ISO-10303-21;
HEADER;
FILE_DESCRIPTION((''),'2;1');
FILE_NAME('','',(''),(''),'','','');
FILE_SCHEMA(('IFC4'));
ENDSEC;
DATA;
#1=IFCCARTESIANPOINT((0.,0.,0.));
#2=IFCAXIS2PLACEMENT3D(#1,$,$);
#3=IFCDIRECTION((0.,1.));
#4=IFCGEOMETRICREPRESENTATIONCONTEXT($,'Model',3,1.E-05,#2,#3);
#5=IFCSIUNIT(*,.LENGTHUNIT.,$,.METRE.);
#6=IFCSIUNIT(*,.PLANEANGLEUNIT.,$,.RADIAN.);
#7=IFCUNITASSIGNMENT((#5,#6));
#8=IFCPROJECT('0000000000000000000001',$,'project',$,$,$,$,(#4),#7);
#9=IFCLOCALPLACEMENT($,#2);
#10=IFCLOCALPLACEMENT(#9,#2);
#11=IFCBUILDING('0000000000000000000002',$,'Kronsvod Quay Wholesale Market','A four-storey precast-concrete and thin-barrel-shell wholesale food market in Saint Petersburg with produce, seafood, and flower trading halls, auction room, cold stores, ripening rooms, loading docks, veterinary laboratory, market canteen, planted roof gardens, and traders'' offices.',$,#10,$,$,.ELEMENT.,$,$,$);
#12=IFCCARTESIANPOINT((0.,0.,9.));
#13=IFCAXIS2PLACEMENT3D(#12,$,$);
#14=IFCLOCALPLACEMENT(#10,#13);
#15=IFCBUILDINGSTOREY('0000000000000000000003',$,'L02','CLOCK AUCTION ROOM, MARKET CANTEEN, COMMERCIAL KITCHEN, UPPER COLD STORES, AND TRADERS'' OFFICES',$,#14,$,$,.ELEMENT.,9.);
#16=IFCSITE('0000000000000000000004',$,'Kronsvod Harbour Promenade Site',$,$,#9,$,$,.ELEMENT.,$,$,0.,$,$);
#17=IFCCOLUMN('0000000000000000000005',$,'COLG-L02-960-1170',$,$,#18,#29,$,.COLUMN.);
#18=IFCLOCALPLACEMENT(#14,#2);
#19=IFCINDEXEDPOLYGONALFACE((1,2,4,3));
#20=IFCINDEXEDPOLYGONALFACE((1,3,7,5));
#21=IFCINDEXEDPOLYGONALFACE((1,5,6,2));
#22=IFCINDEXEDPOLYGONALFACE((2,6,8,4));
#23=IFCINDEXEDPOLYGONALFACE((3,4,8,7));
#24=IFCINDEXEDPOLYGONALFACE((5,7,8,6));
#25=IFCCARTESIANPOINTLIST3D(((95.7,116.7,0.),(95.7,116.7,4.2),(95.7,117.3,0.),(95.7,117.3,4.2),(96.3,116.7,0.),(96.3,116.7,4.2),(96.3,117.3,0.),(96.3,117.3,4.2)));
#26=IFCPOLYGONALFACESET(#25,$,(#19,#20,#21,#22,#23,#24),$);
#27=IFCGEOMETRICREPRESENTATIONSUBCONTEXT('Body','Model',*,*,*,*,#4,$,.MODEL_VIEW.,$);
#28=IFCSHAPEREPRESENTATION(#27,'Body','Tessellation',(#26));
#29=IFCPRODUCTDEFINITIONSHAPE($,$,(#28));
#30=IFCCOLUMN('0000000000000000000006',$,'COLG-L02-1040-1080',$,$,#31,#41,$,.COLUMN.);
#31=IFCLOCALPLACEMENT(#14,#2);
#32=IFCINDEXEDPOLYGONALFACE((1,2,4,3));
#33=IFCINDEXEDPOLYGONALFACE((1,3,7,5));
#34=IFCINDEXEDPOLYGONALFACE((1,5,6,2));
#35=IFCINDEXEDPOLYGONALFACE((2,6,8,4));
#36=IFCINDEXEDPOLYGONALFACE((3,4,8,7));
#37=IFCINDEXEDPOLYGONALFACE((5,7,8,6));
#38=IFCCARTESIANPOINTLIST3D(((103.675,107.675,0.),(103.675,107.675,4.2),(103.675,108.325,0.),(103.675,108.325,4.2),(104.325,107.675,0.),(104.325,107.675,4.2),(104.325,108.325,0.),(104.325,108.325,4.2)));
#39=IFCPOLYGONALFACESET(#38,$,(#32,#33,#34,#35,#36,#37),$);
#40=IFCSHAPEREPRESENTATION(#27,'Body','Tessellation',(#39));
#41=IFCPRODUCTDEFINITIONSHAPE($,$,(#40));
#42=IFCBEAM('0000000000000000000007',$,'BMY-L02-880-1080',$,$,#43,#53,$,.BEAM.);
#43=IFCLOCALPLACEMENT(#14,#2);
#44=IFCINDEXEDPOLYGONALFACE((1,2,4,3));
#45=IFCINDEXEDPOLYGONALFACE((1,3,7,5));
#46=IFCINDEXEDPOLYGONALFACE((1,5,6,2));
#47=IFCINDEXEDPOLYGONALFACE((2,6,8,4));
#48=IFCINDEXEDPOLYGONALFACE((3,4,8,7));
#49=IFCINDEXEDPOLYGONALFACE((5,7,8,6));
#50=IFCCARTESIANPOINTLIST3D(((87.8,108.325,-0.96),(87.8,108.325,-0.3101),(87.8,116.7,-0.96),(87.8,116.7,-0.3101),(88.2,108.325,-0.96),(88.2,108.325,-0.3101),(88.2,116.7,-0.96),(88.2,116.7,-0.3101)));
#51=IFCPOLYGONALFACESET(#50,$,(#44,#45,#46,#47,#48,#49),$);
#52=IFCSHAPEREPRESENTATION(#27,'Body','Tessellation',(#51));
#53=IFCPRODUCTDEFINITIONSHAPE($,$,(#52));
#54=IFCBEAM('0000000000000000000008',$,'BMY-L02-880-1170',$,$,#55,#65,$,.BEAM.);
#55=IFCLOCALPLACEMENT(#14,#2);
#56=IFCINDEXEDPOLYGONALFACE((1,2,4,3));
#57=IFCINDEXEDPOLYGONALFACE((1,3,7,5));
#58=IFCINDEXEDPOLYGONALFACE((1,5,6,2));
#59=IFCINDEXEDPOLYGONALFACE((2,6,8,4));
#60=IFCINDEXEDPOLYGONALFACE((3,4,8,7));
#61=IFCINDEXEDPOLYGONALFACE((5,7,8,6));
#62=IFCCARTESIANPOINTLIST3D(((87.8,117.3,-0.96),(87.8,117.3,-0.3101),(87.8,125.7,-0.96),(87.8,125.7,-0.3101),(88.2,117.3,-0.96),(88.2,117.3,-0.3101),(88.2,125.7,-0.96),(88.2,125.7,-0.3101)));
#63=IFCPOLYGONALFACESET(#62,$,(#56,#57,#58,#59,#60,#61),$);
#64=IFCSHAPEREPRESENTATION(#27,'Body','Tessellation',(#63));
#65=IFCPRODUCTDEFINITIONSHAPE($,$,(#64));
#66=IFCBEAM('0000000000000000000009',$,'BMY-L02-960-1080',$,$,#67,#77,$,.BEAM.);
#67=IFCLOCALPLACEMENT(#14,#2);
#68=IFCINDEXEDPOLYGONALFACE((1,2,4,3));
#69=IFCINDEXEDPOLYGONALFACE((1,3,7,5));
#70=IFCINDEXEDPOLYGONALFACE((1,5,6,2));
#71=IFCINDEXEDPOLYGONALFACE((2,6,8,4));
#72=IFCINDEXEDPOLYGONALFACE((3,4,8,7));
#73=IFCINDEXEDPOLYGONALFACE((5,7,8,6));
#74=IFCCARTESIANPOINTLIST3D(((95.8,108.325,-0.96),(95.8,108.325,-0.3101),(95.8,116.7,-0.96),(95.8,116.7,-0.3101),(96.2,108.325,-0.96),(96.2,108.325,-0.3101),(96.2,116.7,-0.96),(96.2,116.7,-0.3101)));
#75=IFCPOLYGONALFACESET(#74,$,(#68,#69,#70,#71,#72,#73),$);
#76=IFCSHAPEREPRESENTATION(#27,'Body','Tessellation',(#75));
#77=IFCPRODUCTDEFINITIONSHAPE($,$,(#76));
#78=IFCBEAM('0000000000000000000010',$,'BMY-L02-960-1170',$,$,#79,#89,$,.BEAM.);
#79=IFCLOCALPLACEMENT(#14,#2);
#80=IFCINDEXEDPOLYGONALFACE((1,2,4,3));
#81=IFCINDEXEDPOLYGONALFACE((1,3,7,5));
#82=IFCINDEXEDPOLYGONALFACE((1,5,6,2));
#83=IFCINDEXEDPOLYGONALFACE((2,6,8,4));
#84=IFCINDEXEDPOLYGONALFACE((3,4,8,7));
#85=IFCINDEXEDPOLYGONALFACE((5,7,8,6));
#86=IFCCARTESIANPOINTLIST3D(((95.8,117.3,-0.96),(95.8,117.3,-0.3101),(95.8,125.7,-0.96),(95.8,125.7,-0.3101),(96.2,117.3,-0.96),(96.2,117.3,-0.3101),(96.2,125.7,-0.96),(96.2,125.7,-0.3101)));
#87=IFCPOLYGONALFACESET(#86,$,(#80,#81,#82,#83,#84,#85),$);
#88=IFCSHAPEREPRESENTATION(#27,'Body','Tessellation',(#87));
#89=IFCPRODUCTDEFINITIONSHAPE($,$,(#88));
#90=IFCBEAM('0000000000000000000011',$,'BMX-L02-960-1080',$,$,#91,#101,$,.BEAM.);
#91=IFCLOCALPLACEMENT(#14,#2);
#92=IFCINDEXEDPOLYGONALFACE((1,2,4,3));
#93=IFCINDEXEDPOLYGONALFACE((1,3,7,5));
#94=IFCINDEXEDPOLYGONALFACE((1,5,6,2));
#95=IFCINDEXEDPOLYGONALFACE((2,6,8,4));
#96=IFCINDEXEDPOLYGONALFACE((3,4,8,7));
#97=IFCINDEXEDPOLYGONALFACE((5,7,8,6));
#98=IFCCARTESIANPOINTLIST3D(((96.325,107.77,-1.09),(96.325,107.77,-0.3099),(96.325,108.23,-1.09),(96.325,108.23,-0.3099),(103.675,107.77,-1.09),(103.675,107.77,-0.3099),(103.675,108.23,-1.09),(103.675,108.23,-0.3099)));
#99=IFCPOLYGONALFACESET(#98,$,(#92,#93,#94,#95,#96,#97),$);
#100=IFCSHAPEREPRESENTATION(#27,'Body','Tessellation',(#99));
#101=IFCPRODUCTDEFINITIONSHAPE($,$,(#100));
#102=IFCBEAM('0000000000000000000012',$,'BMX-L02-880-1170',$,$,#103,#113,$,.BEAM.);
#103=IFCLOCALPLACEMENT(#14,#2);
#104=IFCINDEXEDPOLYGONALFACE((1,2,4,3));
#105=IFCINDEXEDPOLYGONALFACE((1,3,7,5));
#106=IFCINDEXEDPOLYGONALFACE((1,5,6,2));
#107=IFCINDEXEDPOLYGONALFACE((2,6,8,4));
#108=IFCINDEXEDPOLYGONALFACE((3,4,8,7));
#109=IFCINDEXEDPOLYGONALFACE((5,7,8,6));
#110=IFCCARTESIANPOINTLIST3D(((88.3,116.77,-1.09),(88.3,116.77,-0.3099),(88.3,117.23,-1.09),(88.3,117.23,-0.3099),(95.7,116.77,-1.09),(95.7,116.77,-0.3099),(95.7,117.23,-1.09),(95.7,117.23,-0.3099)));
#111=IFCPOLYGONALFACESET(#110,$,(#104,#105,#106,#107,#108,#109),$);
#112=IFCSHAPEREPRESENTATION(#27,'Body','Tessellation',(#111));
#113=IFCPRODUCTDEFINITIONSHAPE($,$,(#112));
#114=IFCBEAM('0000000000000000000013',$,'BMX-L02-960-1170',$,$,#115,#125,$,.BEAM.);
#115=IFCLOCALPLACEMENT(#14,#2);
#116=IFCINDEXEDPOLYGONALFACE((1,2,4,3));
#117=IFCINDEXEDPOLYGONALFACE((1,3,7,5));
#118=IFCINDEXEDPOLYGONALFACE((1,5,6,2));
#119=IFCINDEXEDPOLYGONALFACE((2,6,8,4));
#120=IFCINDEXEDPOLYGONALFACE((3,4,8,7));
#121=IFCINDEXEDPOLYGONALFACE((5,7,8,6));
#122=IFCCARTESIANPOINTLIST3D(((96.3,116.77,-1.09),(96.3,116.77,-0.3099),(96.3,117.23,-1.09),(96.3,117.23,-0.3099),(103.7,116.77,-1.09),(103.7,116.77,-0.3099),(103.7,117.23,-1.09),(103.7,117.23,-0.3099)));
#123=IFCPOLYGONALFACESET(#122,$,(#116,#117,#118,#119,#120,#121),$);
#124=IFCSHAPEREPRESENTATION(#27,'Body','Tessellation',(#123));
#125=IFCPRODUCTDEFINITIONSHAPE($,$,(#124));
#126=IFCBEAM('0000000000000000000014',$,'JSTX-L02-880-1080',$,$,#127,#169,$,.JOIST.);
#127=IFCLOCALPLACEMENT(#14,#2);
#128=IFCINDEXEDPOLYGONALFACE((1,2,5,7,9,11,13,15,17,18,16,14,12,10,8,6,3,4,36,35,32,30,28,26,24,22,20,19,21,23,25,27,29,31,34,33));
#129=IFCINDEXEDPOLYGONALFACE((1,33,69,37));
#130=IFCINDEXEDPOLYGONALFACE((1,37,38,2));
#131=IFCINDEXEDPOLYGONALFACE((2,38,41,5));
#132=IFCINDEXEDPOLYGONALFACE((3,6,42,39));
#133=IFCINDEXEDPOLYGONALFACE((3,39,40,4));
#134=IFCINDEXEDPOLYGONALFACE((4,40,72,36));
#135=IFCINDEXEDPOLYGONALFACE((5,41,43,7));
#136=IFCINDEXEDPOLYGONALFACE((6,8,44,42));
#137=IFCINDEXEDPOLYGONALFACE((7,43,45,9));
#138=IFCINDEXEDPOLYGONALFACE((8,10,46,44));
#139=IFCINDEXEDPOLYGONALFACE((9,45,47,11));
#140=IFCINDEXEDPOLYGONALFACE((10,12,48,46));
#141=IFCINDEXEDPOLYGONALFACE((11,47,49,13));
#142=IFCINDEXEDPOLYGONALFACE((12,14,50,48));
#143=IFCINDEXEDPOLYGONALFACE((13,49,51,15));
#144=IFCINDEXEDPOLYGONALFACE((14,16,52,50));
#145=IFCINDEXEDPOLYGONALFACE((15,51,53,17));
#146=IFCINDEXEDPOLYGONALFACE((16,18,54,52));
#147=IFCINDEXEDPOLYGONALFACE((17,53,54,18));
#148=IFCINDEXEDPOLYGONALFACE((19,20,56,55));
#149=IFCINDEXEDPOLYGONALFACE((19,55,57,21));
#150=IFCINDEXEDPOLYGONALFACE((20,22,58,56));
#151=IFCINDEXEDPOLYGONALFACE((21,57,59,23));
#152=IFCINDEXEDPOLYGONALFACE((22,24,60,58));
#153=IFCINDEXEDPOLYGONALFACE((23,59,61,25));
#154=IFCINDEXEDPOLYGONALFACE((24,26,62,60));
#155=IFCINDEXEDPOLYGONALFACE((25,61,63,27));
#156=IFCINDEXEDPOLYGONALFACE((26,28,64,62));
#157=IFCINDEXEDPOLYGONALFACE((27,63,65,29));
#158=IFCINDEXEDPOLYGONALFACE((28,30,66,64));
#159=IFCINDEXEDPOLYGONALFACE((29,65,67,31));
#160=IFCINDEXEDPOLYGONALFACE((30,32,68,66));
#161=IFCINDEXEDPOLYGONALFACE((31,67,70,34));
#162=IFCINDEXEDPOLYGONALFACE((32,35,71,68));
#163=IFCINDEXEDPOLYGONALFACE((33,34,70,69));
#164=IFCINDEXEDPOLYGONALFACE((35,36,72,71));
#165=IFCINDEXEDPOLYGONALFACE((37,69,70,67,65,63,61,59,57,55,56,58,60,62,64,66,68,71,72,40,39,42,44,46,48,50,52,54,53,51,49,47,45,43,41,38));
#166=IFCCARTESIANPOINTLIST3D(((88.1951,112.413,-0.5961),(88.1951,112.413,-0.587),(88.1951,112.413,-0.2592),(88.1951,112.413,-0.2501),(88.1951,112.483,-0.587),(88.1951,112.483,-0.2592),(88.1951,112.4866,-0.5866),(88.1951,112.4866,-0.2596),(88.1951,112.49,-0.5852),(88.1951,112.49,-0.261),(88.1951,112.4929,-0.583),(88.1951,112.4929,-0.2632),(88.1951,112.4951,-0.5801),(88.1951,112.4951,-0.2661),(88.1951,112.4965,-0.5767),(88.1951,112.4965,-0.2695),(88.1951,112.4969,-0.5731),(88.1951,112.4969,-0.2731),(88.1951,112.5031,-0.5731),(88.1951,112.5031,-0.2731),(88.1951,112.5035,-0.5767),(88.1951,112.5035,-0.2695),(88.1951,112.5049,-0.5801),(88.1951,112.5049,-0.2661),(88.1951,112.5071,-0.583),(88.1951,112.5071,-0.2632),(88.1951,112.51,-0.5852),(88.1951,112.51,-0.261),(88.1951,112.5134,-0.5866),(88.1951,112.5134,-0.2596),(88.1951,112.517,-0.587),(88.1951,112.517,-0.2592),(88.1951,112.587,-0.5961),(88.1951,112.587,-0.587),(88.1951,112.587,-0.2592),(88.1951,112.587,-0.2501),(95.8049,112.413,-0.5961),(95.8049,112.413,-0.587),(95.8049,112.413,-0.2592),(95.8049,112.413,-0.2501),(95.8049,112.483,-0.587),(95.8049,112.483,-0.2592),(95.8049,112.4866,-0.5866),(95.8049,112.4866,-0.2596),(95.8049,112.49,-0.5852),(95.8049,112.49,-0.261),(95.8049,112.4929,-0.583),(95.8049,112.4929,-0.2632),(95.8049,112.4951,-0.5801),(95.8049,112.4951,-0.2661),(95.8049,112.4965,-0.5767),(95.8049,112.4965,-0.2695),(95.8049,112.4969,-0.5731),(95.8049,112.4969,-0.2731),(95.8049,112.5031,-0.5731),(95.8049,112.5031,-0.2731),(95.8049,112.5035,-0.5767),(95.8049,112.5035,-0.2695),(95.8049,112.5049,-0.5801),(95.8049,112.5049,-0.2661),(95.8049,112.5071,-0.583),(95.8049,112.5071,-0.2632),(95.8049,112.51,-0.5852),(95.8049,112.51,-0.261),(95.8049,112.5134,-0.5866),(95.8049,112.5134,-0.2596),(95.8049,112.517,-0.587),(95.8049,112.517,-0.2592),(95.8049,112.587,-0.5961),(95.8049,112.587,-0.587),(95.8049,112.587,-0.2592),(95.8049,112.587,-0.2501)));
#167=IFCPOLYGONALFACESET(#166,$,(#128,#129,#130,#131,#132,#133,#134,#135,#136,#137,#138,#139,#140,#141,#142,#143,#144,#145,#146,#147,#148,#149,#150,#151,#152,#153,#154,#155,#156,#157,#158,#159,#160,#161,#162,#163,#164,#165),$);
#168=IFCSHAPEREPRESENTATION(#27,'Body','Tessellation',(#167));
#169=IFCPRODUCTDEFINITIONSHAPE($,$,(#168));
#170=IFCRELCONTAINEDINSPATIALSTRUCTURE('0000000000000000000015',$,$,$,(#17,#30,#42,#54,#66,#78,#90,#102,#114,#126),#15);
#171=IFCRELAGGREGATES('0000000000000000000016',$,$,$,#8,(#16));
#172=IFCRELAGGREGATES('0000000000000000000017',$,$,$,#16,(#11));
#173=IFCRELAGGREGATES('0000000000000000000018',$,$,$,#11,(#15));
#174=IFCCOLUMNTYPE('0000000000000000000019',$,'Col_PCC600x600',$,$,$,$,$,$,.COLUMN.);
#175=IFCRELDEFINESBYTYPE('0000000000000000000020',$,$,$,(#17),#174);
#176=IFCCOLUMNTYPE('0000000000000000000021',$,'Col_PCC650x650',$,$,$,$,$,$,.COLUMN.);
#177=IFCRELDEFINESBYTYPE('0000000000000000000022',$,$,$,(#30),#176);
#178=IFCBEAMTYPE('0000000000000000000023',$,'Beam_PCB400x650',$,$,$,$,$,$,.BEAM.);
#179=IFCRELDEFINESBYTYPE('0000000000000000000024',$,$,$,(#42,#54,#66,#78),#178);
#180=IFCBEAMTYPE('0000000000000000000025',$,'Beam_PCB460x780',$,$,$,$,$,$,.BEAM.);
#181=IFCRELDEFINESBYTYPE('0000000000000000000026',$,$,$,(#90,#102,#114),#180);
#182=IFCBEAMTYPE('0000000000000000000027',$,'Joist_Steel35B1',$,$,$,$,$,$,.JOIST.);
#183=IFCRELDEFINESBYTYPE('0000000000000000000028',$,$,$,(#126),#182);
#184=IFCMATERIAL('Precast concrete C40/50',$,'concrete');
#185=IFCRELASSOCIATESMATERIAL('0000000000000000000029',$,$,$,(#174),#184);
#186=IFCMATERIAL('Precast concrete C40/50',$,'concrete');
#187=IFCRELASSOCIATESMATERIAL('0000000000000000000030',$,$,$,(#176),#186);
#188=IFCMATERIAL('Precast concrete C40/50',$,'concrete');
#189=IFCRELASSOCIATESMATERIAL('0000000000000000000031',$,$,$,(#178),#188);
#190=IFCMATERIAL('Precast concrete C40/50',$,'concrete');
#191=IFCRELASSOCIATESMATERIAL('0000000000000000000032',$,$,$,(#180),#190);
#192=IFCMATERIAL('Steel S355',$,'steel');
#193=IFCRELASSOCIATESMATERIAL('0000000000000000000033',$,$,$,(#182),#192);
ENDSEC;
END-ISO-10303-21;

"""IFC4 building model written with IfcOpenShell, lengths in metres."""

from ifc_helpers import new_model, si_unit, direction, frame, origin, origin_2d, place, context, subcontext, project, spatial, rectangle, i_section, extrude, material, material_profile, profile_set, type_object, element, save


model = new_model("IFC4")

# Units and contexts
model_context = context("Model", 3, precision=1e-05, world=origin(), true_north=direction((0.0, 1.0)))
body_context = subcontext(model_context, "Body", "Model", "MODEL_VIEW")
ifc_project = project(units=[si_unit("LENGTHUNIT", "METRE"), si_unit("PLANEANGLEUNIT", "RADIAN")], contexts=[model_context])

# Site, building, storey
site_placement = place(None, origin())
site = spatial("IfcSite", under=ifc_project, at=site_placement, Name="Kronsvod Harbour Promenade Site", CompositionType="ELEMENT", RefElevation=0.0)
building_placement = place(site_placement, origin())
building = spatial("IfcBuilding", under=site, at=building_placement, Name="Kronsvod Quay Wholesale Market", Description="A four-storey precast-concrete and thin-barrel-shell wholesale food market in Saint Petersburg with produce, seafood, and flower trading halls, auction room, cold stores, ripening rooms, loading docks, veterinary laboratory, market canteen, planted roof gardens, and traders' offices.", CompositionType="ELEMENT")
storey_placement = place(building_placement, frame((0.0, 0.0, 9.0)))
storey = spatial("IfcBuildingStorey", under=building, at=storey_placement, Name="L02", Description="CLOCK AUCTION ROOM, MARKET CANTEEN, COMMERCIAL KITCHEN, UPPER COLD STORES, AND TRADERS' OFFICES", CompositionType="ELEMENT", Elevation=9.0)

# Columns
ifc_material_1 = material(Name="Precast concrete C40/50", Category="concrete")
ifc_material_profile_1 = material_profile(ifc_material_1, rectangle(XDim=0.6001, YDim=0.6001, at=origin_2d()), Name="PCC600x600")
ifc_profile_set_1 = profile_set([ifc_material_profile_1], Name="Precast concrete C40/50")
column_type_1 = type_object("IfcColumnType", Name="Col_PCC600x600", PredefinedType="COLUMN", material=ifc_profile_set_1)
column_1_placement = place(storey_placement, frame((96.0, 117.0, 0.0), z_axis=(0.0, 0.0, 1.0), x_axis=(1.0, 0.0, 0.0)))
element("IfcColumn", 1, at=column_1_placement, inside=storey, type_object=column_type_1, Name="COLG-L02-960-1170", PredefinedType="COLUMN", context=body_context, shape_type="SweptSolid", body=[
    extrude(rectangle(XDim=0.6001, YDim=0.6001, at=origin_2d()), origin(), (0.0, 0.0, 1.0), 4.2),
])
ifc_material_2 = material(Name="Precast concrete C40/50", Category="concrete")
ifc_material_profile_2 = material_profile(ifc_material_2, rectangle(XDim=0.6499, YDim=0.6499, at=origin_2d()), Name="COL-08")
ifc_profile_set_2 = profile_set([ifc_material_profile_2], Name="Precast concrete C40/50")
column_type_2 = type_object("IfcColumnType", Name="Col_PCC650x650", PredefinedType="COLUMN", material=ifc_profile_set_2)
column_2_placement = place(storey_placement, frame((104.0, 108.0, 0.0), z_axis=(0.0, 0.0, 1.0), x_axis=(1.0, 0.0, 0.0)))
element("IfcColumn", 2, at=column_2_placement, inside=storey, type_object=column_type_2, Name="COLG-L02-1040-1080", PredefinedType="COLUMN", context=body_context, shape_type="SweptSolid", body=[
    extrude(rectangle(XDim=0.6499, YDim=0.6499, at=origin_2d()), origin(), (0.0, 0.0, 1.0), 4.2),
])

# Beams
ifc_material_3 = material(Name="Precast concrete C40/50", Category="concrete")
ifc_material_profile_3 = material_profile(ifc_material_3, rectangle(XDim=0.3999, YDim=0.6499, at=origin_2d()), Name="PCB400x650")
ifc_profile_set_3 = profile_set([ifc_material_profile_3], Name="Precast concrete C40/50")
beam_type_1 = type_object("IfcBeamType", Name="Beam_PCB400x650", PredefinedType="BEAM", material=ifc_profile_set_3)
beam_1_placement = place(storey_placement, frame((88.0, 108.325, -0.635), z_axis=(0.0, 1.0, 0.0), x_axis=(-1.0, 0.0, 0.0)))
element("IfcBeam", 3, at=beam_1_placement, inside=storey, type_object=beam_type_1, Name="BMY-L02-880-1080", PredefinedType="BEAM", context=body_context, shape_type="SweptSolid", body=[
    extrude(rectangle(XDim=0.3999, YDim=0.6499, at=origin_2d()), origin(), (0.0, 0.0, 1.0), 8.375),
])
beam_2_placement = place(storey_placement, frame((88.0, 117.3, -0.635), z_axis=(0.0, 1.0, 0.0), x_axis=(-1.0, 0.0, 0.0)))
element("IfcBeam", 4, at=beam_2_placement, inside=storey, type_object=beam_type_1, Name="BMY-L02-880-1170", PredefinedType="BEAM", context=body_context, shape_type="SweptSolid", body=[
    extrude(rectangle(XDim=0.3999, YDim=0.6499, at=origin_2d()), origin(), (0.0, 0.0, 1.0), 8.3999),
])
beam_3_placement = place(storey_placement, frame((96.0, 108.325, -0.635), z_axis=(0.0, 1.0, 0.0), x_axis=(-1.0, 0.0, 0.0)))
element("IfcBeam", 5, at=beam_3_placement, inside=storey, type_object=beam_type_1, Name="BMY-L02-960-1080", PredefinedType="BEAM", context=body_context, shape_type="SweptSolid", body=[
    extrude(rectangle(XDim=0.3999, YDim=0.6499, at=origin_2d()), origin(), (0.0, 0.0, 1.0), 8.375),
])
beam_4_placement = place(storey_placement, frame((96.0, 117.3, -0.635), z_axis=(0.0, 1.0, 0.0), x_axis=(-1.0, 0.0, 0.0)))
element("IfcBeam", 6, at=beam_4_placement, inside=storey, type_object=beam_type_1, Name="BMY-L02-960-1170", PredefinedType="BEAM", context=body_context, shape_type="SweptSolid", body=[
    extrude(rectangle(XDim=0.3999, YDim=0.6499, at=origin_2d()), origin(), (0.0, 0.0, 1.0), 8.3999),
])
ifc_material_4 = material(Name="Precast concrete C40/50", Category="concrete")
ifc_material_profile_4 = material_profile(ifc_material_4, rectangle(XDim=0.46, YDim=0.78, at=origin_2d()), Name="PB-03")
ifc_profile_set_4 = profile_set([ifc_material_profile_4], Name="Precast concrete C40/50")
beam_type_2 = type_object("IfcBeamType", Name="Beam_PCB460x780", PredefinedType="BEAM", material=ifc_profile_set_4)
beam_5_placement = place(storey_placement, frame((96.325, 108.0, -0.7), z_axis=(1.0, 0.0, 0.0), x_axis=(0.0, 1.0, 0.0)))
element("IfcBeam", 7, at=beam_5_placement, inside=storey, type_object=beam_type_2, Name="BMX-L02-960-1080", PredefinedType="BEAM", context=body_context, shape_type="SweptSolid", body=[
    extrude(rectangle(XDim=0.46, YDim=0.78, at=origin_2d()), origin(), (0.0, 0.0, 1.0), 7.3501),
])
for number, where, z_axis, x_axis, name in (
    (8, (88.3, 117.0, -0.7), (1.0, 0.0, 0.0), (0.0, 1.0, 0.0), "BMX-L02-880-1170"),
    (9, (96.3, 117.0, -0.7), (1.0, 0.0, 0.0), (0.0, 1.0, 0.0), "BMX-L02-960-1170"),
):
    element("IfcBeam", number, at=place(storey_placement, frame(where, z_axis=z_axis, x_axis=x_axis)), inside=storey, type_object=beam_type_2, Name=name, PredefinedType="BEAM", context=body_context, shape_type="SweptSolid", body=[
        extrude(rectangle(XDim=0.46, YDim=0.78, at=origin_2d()), origin(), (0.0, 0.0, 1.0), 7.3999),
    ])
ifc_material_5 = material(Name="Steel S355", Category="steel")
ifc_material_profile_5 = material_profile(ifc_material_5, i_section(OverallWidth=0.1741, OverallDepth=0.3459, WebThickness=0.0061, FlangeThickness=0.009, FilletRadius=0.0139, at=origin_2d()), Name="35B1")
ifc_profile_set_5 = profile_set([ifc_material_profile_5], Name="Steel S355")
beam_type_3 = type_object("IfcBeamType", Name="Joist_Steel35B1", PredefinedType="JOIST", material=ifc_profile_set_5)
for number, where, z_axis, x_axis, name in (
    (10, (88.1951, 112.5, -0.4231), (1.0, 0.0, 0.0), (0.0, 1.0, 0.0), "JSTX-L02-880-1080"),
):
    element("IfcBeam", number, at=place(storey_placement, frame(where, z_axis=z_axis, x_axis=x_axis)), inside=storey, type_object=beam_type_3, Name=name, PredefinedType="JOIST", context=body_context, shape_type="SweptSolid", body=[
        extrude(i_section(OverallWidth=0.1741, OverallDepth=0.3459, WebThickness=0.0061, FlangeThickness=0.009, FilletRadius=0.0139, at=origin_2d()), origin(), (0.0, 0.0, 1.0), 7.6099),
    ])

save(model, "model.ifc")
